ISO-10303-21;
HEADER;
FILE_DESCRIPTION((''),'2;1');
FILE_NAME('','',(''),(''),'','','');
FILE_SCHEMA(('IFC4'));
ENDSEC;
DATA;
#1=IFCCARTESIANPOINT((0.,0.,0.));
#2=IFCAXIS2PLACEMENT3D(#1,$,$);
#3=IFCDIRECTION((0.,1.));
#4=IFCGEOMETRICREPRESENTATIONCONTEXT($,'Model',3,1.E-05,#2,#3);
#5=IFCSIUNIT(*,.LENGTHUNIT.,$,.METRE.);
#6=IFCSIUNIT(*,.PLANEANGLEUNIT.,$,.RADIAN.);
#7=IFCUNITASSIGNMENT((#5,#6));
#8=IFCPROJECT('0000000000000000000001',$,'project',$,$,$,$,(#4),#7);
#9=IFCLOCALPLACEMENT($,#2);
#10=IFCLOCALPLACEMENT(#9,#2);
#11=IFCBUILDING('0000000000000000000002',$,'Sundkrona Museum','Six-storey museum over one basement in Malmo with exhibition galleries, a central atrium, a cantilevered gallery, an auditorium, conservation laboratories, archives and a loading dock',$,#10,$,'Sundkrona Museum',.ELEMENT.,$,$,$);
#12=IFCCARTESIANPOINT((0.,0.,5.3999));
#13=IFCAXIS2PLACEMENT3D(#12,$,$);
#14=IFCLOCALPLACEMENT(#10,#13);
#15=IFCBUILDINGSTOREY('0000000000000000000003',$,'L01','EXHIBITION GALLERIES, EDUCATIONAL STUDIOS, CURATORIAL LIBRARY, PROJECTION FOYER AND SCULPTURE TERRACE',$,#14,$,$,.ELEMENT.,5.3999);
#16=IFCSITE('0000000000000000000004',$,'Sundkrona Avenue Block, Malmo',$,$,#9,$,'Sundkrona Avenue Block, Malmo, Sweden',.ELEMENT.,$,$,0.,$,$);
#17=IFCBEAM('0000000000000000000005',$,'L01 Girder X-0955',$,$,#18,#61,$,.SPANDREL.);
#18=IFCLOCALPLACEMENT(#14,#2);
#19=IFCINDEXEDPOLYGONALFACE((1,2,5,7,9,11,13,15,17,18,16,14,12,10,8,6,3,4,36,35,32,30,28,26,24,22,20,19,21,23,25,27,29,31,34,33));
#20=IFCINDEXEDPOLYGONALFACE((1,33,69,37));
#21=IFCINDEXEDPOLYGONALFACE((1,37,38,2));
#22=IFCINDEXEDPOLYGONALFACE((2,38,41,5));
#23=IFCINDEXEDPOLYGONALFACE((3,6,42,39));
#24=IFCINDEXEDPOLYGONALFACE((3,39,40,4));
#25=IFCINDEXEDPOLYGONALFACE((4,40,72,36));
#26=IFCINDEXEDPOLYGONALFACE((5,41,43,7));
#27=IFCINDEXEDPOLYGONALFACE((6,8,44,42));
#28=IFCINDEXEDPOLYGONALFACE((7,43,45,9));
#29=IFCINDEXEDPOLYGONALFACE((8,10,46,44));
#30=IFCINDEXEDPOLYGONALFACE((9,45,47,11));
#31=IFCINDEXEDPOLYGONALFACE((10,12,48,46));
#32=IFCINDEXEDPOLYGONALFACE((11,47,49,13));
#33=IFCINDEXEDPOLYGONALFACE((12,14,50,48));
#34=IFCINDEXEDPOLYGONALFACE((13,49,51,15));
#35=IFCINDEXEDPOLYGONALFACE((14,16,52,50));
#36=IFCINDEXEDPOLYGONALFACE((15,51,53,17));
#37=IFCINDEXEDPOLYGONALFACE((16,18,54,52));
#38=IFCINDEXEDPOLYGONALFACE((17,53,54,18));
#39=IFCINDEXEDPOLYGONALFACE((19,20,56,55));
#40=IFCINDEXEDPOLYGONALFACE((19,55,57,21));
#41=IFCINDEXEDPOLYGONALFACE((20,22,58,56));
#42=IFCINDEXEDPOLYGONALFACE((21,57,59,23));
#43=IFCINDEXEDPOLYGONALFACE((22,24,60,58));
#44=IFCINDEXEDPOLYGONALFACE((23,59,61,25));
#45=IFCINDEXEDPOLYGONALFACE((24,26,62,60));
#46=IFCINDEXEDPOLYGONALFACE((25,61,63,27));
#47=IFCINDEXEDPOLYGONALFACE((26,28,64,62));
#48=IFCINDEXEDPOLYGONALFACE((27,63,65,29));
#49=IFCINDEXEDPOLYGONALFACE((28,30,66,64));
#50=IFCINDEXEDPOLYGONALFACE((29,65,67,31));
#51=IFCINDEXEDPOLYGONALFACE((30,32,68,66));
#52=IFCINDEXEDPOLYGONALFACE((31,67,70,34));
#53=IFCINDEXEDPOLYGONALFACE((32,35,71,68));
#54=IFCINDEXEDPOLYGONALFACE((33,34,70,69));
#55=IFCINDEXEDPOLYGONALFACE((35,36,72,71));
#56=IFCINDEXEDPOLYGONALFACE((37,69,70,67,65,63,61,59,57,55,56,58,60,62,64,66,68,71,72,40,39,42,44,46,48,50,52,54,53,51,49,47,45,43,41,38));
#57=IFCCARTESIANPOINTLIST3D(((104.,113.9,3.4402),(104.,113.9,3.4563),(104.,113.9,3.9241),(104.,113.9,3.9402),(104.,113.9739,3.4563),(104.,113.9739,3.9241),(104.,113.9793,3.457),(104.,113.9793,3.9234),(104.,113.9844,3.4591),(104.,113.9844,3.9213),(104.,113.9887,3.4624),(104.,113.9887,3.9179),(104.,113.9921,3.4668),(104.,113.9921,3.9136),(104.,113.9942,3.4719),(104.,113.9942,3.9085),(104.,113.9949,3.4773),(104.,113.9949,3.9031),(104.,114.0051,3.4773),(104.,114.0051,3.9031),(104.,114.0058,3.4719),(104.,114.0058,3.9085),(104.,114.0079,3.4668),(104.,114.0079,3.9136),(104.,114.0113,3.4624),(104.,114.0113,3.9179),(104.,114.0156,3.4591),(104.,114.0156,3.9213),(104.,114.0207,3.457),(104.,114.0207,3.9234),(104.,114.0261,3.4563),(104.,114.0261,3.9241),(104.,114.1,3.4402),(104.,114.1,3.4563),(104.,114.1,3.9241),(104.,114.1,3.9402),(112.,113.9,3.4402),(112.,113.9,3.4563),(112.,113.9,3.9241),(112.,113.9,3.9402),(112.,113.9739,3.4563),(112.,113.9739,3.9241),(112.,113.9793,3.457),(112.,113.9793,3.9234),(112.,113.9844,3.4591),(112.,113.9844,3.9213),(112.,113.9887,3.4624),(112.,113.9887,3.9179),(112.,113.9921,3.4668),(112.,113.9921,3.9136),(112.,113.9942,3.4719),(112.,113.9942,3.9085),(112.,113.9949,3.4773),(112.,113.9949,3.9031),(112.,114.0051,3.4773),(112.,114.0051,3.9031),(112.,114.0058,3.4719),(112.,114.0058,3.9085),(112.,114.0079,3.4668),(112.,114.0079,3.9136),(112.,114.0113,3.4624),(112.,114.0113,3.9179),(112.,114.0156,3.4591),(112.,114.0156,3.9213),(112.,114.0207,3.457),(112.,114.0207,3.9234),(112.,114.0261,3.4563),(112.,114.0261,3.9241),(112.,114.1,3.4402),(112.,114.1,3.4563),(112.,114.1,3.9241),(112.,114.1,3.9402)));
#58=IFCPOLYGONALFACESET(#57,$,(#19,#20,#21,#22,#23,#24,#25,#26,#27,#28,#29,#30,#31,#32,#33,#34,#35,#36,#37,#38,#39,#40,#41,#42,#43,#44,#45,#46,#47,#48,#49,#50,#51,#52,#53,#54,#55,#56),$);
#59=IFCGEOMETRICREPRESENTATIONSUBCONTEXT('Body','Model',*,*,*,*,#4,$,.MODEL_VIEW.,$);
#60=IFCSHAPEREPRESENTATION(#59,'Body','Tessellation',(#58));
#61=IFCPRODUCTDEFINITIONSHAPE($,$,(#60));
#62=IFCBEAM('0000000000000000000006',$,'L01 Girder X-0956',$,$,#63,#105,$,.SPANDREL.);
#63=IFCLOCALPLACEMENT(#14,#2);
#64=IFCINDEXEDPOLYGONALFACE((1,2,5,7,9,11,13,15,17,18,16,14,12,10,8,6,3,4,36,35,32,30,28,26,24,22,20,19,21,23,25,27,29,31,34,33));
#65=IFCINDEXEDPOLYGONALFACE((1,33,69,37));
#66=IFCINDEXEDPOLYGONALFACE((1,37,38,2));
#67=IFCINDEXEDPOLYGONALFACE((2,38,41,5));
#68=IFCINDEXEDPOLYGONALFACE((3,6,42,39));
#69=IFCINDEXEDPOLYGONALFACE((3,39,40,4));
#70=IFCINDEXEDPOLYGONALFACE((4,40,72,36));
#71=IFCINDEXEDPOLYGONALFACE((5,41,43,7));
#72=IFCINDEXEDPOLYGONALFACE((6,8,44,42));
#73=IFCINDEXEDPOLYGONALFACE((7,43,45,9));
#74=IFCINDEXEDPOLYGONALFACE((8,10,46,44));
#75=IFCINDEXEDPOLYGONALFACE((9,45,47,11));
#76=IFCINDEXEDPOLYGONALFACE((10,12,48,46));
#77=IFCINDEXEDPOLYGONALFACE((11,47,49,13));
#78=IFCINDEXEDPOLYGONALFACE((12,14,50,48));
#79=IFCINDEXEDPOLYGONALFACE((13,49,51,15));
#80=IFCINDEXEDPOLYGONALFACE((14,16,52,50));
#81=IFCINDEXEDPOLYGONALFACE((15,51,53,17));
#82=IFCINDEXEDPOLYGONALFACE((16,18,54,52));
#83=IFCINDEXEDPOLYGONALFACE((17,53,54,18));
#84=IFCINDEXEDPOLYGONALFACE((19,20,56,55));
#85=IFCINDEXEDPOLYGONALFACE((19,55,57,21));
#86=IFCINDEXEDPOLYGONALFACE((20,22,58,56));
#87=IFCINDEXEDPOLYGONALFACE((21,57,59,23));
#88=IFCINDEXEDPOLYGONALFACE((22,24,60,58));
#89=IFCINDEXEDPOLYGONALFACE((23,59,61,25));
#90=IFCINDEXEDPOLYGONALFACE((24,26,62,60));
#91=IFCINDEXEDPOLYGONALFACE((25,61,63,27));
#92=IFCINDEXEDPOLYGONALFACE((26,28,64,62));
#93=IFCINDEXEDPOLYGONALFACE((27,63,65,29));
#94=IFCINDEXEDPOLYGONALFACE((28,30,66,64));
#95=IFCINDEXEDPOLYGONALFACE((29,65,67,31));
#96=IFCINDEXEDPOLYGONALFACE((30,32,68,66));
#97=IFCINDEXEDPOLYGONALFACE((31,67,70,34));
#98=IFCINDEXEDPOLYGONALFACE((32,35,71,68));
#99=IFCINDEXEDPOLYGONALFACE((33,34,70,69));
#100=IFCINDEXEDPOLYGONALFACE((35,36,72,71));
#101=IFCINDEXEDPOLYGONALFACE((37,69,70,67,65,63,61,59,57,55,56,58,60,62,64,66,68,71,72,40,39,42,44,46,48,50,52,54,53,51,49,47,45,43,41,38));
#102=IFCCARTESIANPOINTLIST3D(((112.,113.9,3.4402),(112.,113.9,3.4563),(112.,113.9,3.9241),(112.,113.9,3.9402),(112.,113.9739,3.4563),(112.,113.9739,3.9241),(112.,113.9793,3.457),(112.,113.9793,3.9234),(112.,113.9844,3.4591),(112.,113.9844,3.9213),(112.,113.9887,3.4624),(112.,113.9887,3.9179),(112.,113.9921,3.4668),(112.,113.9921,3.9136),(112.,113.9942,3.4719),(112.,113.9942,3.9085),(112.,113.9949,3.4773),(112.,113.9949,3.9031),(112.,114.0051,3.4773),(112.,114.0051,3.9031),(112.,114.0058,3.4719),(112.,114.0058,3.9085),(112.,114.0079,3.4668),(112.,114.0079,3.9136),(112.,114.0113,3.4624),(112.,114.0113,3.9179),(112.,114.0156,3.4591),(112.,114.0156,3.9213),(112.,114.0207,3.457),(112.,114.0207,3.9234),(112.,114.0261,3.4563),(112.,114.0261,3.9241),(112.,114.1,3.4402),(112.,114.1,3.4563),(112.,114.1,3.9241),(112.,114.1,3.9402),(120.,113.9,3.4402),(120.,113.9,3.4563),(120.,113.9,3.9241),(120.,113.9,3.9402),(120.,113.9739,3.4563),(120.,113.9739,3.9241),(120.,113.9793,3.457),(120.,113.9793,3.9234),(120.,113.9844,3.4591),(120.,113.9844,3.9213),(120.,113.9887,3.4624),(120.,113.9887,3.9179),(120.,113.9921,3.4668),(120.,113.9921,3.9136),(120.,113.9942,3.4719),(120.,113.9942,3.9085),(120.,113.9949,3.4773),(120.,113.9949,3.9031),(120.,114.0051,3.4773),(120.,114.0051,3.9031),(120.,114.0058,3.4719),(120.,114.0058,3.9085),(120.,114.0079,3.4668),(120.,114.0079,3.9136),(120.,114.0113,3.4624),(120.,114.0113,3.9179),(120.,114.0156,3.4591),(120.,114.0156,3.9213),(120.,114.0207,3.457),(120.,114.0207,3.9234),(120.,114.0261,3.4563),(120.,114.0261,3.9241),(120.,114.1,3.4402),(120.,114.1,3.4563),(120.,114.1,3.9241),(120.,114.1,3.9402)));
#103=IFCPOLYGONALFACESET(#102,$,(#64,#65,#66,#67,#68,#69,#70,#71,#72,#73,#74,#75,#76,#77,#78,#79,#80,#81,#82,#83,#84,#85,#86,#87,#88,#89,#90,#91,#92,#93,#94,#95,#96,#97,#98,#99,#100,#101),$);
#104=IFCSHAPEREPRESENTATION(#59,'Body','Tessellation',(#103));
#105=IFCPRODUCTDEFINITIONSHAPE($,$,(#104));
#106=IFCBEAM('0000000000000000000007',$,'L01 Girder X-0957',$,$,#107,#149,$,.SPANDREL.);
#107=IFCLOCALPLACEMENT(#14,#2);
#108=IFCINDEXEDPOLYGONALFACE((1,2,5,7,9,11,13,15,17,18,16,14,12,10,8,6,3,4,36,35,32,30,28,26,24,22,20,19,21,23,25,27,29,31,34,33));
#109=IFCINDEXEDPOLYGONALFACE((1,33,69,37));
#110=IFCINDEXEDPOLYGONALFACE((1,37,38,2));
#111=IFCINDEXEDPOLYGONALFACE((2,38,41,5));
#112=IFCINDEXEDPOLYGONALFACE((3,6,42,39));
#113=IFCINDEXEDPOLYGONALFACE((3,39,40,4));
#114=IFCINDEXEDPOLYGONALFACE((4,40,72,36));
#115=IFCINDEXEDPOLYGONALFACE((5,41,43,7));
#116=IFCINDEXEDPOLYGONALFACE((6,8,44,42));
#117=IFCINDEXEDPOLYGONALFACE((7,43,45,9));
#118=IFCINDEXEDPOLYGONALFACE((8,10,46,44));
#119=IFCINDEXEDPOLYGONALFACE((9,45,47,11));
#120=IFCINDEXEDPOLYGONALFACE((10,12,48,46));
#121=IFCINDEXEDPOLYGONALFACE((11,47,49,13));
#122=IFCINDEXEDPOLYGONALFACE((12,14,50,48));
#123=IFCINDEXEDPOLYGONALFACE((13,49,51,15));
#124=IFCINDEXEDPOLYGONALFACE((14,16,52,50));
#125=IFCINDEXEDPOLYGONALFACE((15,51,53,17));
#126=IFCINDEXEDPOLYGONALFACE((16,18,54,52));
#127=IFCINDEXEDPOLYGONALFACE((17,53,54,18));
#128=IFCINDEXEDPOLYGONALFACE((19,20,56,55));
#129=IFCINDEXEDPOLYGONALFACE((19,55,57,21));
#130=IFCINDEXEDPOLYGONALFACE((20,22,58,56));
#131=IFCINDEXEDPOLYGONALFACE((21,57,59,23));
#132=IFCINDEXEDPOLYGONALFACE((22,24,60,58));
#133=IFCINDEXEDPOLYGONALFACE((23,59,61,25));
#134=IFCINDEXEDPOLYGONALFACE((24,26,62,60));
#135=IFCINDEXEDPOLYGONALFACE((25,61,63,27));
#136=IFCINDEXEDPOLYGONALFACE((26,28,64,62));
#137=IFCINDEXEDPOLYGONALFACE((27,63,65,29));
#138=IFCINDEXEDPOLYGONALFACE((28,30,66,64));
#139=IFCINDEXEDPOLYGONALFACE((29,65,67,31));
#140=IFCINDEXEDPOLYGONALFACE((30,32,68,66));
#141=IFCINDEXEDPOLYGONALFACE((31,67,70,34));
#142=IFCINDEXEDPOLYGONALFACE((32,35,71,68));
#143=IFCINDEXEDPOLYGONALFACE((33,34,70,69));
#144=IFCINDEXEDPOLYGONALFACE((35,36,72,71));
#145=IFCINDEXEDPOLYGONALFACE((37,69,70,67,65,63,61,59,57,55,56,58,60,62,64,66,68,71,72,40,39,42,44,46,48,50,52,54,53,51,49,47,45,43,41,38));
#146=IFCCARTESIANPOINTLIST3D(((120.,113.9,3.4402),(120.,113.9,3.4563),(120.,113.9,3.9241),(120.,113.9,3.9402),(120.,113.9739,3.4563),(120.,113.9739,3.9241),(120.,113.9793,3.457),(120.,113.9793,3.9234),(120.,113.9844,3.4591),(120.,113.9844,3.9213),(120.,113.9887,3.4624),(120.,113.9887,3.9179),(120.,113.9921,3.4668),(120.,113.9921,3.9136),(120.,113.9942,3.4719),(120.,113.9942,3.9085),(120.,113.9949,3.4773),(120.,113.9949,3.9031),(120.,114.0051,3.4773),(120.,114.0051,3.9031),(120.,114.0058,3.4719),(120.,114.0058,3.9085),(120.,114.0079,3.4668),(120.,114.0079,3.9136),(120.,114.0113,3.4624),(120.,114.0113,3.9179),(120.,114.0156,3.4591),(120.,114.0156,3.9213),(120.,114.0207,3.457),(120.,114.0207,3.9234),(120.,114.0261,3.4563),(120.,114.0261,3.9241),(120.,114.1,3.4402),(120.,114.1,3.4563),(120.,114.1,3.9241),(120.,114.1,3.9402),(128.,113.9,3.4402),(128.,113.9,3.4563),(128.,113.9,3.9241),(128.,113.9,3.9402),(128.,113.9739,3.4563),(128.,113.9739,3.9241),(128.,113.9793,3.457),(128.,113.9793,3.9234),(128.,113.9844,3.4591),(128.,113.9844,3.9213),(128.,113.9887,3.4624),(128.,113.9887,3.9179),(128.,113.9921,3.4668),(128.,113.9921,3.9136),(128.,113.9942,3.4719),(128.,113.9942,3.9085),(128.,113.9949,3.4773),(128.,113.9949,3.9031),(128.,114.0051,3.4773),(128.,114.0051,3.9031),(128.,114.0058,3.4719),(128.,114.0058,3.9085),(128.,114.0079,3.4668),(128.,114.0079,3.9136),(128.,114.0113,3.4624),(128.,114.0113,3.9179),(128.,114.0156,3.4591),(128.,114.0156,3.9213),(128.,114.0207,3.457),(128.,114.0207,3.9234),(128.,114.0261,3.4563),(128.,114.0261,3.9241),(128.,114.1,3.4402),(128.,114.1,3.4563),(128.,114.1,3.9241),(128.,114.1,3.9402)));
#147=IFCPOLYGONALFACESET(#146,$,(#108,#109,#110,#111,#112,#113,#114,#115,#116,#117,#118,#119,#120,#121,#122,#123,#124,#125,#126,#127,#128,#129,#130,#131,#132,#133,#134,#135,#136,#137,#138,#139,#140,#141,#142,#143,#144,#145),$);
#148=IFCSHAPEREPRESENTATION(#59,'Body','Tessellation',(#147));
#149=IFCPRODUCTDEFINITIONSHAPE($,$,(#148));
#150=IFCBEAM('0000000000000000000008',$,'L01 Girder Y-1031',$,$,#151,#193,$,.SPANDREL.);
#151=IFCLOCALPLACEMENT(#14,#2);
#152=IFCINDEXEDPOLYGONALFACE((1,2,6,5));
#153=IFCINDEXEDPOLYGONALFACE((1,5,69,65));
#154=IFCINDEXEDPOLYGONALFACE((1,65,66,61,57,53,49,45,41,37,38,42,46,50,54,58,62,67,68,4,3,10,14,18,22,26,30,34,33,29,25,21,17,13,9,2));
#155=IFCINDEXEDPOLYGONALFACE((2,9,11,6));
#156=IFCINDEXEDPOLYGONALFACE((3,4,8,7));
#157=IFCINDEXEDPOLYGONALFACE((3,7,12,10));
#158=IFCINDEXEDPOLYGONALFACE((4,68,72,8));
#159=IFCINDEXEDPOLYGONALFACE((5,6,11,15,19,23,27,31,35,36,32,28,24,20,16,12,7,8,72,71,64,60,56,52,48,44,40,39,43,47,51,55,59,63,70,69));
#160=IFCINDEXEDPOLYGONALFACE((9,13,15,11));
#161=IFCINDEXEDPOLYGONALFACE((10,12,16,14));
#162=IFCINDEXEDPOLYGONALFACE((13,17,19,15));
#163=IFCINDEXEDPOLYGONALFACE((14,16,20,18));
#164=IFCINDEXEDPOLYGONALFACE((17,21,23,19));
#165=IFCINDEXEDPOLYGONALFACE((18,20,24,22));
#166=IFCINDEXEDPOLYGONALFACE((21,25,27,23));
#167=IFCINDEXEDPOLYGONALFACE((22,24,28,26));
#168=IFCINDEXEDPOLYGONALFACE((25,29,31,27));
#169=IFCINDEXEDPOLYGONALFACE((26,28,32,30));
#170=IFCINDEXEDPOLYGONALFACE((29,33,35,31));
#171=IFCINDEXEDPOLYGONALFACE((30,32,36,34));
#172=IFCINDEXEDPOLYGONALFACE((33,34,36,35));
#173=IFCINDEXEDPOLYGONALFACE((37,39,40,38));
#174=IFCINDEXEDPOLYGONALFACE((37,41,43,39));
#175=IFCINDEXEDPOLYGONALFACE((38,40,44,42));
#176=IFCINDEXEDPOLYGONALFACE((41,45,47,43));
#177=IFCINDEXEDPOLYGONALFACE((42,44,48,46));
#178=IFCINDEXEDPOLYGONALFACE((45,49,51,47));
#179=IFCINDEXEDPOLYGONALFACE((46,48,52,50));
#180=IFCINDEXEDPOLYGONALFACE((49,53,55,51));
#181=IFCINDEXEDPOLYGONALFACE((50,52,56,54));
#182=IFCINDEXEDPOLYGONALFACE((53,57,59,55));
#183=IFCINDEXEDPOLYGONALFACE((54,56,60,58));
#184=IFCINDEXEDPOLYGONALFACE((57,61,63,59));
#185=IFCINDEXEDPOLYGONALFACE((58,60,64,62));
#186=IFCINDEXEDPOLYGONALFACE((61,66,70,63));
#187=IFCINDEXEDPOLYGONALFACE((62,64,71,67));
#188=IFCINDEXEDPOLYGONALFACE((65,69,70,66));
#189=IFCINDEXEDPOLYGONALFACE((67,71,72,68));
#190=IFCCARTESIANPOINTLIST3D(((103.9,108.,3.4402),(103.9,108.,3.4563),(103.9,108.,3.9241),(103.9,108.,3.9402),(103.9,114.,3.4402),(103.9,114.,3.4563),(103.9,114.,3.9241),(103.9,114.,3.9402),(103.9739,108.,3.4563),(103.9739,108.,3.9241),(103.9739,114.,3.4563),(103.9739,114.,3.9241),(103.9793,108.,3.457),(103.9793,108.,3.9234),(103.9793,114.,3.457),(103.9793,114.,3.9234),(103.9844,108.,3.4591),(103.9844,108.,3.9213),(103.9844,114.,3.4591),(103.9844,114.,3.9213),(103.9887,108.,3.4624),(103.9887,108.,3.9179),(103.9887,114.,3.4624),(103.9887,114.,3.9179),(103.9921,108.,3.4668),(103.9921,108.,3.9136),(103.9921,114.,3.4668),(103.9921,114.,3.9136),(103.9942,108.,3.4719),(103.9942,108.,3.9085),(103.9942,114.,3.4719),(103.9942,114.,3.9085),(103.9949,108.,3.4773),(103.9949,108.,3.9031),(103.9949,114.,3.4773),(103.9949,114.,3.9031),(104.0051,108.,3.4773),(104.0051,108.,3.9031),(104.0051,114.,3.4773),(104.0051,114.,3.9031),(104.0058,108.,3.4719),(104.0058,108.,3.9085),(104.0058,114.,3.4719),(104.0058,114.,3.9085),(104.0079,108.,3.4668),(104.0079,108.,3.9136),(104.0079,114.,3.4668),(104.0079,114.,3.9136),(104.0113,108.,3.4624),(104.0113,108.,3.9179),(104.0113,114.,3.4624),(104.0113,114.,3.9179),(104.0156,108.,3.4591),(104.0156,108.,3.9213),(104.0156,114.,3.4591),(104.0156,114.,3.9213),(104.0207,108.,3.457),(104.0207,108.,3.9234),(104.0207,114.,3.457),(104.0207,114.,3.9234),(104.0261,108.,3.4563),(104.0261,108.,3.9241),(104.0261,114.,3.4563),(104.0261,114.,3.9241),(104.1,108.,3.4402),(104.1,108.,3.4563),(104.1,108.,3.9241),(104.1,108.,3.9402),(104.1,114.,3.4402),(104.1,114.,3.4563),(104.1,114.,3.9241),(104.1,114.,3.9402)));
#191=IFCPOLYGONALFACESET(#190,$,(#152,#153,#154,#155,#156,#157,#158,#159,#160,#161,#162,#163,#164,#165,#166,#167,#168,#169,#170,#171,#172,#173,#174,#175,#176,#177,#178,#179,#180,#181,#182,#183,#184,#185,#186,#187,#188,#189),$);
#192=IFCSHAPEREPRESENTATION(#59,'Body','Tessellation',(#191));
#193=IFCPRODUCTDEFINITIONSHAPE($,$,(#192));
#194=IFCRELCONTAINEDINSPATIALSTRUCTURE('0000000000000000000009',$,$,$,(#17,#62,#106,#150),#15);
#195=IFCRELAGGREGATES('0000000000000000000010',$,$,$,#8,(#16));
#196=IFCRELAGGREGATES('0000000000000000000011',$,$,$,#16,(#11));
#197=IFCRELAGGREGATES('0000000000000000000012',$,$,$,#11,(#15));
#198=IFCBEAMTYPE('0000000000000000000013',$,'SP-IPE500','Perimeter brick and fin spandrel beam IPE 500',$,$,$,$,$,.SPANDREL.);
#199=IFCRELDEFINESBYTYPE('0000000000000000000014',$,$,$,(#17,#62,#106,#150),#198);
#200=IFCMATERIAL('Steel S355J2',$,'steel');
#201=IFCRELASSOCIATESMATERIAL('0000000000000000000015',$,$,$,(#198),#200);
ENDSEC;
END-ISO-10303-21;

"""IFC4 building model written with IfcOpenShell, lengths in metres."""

from ifc_helpers import new_model, si_unit, direction, frame, origin, origin_2d, place, context, subcontext, project, spatial, i_section, extrude, material, material_profile, profile_set, type_object, element, save


model = new_model("IFC4")

# Units and contexts
model_context = context("Model", 3, precision=1e-05, world=origin(), true_north=direction((0.0, 1.0)))
body_context = subcontext(model_context, "Body", "Model", "MODEL_VIEW")
ifc_project = project(units=[si_unit("LENGTHUNIT", "METRE"), si_unit("PLANEANGLEUNIT", "RADIAN")], contexts=[model_context])

# Site, building, storey
site_placement = place(None, origin())
site = spatial("IfcSite", under=ifc_project, at=site_placement, Name="Sundkrona Avenue Block, Malmo", LongName="Sundkrona Avenue Block, Malmo, Sweden", CompositionType="ELEMENT", RefElevation=0.0)
building_placement = place(site_placement, origin())
building = spatial("IfcBuilding", under=site, at=building_placement, Name="Sundkrona Museum", Description="Six-storey museum over one basement in Malmo with exhibition galleries, a central atrium, a cantilevered gallery, an auditorium, conservation laboratories, archives and a loading dock", LongName="Sundkrona Museum", CompositionType="ELEMENT")
storey_placement = place(building_placement, frame((0.0, 0.0, 5.3999)))
storey = spatial("IfcBuildingStorey", under=building, at=storey_placement, Name="L01", Description="EXHIBITION GALLERIES, EDUCATIONAL STUDIOS, CURATORIAL LIBRARY, PROJECTION FOYER AND SCULPTURE TERRACE", CompositionType="ELEMENT", Elevation=5.3999)

# Shared definitions
ifc_material_1 = material(Name="Steel S355J2", Category="steel")

# Beams
ifc_material_profile_1 = material_profile(ifc_material_1, i_section(OverallWidth=0.2, OverallDepth=0.5, WebThickness=0.0103, FlangeThickness=0.0161, FilletRadius=0.021, at=origin_2d()), Name="IPE 500")
ifc_profile_set_1 = profile_set([ifc_material_profile_1], Name="Steel S355J2")
beam_type_1 = type_object("IfcBeamType", Name="SP-IPE500", Description="Perimeter brick and fin spandrel beam IPE 500", PredefinedType="SPANDREL", material=ifc_profile_set_1)
for number, where, z_axis, x_axis, name in (
    (1, (104.0, 114.0, 3.6902), (1.0, 0.0, 0.0), (0.0, 1.0, 0.0), "L01 Girder X-0955"),
    (2, (112.0, 114.0, 3.6902), (1.0, 0.0, 0.0), (0.0, 1.0, 0.0), "L01 Girder X-0956"),
    (3, (120.0, 114.0, 3.6902), (1.0, 0.0, 0.0), (0.0, 1.0, 0.0), "L01 Girder X-0957"),
):
    element("IfcBeam", number, at=place(storey_placement, frame(where, z_axis=z_axis, x_axis=x_axis)), inside=storey, type_object=beam_type_1, Name=name, PredefinedType="SPANDREL", context=body_context, shape_type="SweptSolid", body=[
        extrude(i_section(OverallWidth=0.2, OverallDepth=0.5, WebThickness=0.0103, FlangeThickness=0.0161, FilletRadius=0.021, at=origin_2d()), origin(), (0.0, 0.0, 1.0), 8.0),
    ])
beam_1_placement = place(storey_placement, frame((104.0, 108.0, 3.6902), z_axis=(0.0, 1.0, 0.0), x_axis=(-1.0, 0.0, 0.0)))
element("IfcBeam", 4, at=beam_1_placement, inside=storey, type_object=beam_type_1, Name="L01 Girder Y-1031", PredefinedType="SPANDREL", context=body_context, shape_type="SweptSolid", body=[
    extrude(i_section(OverallWidth=0.2, OverallDepth=0.5, WebThickness=0.0103, FlangeThickness=0.0161, FilletRadius=0.021, at=origin_2d()), origin(), (0.0, 0.0, 1.0), 6.0),
])

save(model, "model.ifc")
